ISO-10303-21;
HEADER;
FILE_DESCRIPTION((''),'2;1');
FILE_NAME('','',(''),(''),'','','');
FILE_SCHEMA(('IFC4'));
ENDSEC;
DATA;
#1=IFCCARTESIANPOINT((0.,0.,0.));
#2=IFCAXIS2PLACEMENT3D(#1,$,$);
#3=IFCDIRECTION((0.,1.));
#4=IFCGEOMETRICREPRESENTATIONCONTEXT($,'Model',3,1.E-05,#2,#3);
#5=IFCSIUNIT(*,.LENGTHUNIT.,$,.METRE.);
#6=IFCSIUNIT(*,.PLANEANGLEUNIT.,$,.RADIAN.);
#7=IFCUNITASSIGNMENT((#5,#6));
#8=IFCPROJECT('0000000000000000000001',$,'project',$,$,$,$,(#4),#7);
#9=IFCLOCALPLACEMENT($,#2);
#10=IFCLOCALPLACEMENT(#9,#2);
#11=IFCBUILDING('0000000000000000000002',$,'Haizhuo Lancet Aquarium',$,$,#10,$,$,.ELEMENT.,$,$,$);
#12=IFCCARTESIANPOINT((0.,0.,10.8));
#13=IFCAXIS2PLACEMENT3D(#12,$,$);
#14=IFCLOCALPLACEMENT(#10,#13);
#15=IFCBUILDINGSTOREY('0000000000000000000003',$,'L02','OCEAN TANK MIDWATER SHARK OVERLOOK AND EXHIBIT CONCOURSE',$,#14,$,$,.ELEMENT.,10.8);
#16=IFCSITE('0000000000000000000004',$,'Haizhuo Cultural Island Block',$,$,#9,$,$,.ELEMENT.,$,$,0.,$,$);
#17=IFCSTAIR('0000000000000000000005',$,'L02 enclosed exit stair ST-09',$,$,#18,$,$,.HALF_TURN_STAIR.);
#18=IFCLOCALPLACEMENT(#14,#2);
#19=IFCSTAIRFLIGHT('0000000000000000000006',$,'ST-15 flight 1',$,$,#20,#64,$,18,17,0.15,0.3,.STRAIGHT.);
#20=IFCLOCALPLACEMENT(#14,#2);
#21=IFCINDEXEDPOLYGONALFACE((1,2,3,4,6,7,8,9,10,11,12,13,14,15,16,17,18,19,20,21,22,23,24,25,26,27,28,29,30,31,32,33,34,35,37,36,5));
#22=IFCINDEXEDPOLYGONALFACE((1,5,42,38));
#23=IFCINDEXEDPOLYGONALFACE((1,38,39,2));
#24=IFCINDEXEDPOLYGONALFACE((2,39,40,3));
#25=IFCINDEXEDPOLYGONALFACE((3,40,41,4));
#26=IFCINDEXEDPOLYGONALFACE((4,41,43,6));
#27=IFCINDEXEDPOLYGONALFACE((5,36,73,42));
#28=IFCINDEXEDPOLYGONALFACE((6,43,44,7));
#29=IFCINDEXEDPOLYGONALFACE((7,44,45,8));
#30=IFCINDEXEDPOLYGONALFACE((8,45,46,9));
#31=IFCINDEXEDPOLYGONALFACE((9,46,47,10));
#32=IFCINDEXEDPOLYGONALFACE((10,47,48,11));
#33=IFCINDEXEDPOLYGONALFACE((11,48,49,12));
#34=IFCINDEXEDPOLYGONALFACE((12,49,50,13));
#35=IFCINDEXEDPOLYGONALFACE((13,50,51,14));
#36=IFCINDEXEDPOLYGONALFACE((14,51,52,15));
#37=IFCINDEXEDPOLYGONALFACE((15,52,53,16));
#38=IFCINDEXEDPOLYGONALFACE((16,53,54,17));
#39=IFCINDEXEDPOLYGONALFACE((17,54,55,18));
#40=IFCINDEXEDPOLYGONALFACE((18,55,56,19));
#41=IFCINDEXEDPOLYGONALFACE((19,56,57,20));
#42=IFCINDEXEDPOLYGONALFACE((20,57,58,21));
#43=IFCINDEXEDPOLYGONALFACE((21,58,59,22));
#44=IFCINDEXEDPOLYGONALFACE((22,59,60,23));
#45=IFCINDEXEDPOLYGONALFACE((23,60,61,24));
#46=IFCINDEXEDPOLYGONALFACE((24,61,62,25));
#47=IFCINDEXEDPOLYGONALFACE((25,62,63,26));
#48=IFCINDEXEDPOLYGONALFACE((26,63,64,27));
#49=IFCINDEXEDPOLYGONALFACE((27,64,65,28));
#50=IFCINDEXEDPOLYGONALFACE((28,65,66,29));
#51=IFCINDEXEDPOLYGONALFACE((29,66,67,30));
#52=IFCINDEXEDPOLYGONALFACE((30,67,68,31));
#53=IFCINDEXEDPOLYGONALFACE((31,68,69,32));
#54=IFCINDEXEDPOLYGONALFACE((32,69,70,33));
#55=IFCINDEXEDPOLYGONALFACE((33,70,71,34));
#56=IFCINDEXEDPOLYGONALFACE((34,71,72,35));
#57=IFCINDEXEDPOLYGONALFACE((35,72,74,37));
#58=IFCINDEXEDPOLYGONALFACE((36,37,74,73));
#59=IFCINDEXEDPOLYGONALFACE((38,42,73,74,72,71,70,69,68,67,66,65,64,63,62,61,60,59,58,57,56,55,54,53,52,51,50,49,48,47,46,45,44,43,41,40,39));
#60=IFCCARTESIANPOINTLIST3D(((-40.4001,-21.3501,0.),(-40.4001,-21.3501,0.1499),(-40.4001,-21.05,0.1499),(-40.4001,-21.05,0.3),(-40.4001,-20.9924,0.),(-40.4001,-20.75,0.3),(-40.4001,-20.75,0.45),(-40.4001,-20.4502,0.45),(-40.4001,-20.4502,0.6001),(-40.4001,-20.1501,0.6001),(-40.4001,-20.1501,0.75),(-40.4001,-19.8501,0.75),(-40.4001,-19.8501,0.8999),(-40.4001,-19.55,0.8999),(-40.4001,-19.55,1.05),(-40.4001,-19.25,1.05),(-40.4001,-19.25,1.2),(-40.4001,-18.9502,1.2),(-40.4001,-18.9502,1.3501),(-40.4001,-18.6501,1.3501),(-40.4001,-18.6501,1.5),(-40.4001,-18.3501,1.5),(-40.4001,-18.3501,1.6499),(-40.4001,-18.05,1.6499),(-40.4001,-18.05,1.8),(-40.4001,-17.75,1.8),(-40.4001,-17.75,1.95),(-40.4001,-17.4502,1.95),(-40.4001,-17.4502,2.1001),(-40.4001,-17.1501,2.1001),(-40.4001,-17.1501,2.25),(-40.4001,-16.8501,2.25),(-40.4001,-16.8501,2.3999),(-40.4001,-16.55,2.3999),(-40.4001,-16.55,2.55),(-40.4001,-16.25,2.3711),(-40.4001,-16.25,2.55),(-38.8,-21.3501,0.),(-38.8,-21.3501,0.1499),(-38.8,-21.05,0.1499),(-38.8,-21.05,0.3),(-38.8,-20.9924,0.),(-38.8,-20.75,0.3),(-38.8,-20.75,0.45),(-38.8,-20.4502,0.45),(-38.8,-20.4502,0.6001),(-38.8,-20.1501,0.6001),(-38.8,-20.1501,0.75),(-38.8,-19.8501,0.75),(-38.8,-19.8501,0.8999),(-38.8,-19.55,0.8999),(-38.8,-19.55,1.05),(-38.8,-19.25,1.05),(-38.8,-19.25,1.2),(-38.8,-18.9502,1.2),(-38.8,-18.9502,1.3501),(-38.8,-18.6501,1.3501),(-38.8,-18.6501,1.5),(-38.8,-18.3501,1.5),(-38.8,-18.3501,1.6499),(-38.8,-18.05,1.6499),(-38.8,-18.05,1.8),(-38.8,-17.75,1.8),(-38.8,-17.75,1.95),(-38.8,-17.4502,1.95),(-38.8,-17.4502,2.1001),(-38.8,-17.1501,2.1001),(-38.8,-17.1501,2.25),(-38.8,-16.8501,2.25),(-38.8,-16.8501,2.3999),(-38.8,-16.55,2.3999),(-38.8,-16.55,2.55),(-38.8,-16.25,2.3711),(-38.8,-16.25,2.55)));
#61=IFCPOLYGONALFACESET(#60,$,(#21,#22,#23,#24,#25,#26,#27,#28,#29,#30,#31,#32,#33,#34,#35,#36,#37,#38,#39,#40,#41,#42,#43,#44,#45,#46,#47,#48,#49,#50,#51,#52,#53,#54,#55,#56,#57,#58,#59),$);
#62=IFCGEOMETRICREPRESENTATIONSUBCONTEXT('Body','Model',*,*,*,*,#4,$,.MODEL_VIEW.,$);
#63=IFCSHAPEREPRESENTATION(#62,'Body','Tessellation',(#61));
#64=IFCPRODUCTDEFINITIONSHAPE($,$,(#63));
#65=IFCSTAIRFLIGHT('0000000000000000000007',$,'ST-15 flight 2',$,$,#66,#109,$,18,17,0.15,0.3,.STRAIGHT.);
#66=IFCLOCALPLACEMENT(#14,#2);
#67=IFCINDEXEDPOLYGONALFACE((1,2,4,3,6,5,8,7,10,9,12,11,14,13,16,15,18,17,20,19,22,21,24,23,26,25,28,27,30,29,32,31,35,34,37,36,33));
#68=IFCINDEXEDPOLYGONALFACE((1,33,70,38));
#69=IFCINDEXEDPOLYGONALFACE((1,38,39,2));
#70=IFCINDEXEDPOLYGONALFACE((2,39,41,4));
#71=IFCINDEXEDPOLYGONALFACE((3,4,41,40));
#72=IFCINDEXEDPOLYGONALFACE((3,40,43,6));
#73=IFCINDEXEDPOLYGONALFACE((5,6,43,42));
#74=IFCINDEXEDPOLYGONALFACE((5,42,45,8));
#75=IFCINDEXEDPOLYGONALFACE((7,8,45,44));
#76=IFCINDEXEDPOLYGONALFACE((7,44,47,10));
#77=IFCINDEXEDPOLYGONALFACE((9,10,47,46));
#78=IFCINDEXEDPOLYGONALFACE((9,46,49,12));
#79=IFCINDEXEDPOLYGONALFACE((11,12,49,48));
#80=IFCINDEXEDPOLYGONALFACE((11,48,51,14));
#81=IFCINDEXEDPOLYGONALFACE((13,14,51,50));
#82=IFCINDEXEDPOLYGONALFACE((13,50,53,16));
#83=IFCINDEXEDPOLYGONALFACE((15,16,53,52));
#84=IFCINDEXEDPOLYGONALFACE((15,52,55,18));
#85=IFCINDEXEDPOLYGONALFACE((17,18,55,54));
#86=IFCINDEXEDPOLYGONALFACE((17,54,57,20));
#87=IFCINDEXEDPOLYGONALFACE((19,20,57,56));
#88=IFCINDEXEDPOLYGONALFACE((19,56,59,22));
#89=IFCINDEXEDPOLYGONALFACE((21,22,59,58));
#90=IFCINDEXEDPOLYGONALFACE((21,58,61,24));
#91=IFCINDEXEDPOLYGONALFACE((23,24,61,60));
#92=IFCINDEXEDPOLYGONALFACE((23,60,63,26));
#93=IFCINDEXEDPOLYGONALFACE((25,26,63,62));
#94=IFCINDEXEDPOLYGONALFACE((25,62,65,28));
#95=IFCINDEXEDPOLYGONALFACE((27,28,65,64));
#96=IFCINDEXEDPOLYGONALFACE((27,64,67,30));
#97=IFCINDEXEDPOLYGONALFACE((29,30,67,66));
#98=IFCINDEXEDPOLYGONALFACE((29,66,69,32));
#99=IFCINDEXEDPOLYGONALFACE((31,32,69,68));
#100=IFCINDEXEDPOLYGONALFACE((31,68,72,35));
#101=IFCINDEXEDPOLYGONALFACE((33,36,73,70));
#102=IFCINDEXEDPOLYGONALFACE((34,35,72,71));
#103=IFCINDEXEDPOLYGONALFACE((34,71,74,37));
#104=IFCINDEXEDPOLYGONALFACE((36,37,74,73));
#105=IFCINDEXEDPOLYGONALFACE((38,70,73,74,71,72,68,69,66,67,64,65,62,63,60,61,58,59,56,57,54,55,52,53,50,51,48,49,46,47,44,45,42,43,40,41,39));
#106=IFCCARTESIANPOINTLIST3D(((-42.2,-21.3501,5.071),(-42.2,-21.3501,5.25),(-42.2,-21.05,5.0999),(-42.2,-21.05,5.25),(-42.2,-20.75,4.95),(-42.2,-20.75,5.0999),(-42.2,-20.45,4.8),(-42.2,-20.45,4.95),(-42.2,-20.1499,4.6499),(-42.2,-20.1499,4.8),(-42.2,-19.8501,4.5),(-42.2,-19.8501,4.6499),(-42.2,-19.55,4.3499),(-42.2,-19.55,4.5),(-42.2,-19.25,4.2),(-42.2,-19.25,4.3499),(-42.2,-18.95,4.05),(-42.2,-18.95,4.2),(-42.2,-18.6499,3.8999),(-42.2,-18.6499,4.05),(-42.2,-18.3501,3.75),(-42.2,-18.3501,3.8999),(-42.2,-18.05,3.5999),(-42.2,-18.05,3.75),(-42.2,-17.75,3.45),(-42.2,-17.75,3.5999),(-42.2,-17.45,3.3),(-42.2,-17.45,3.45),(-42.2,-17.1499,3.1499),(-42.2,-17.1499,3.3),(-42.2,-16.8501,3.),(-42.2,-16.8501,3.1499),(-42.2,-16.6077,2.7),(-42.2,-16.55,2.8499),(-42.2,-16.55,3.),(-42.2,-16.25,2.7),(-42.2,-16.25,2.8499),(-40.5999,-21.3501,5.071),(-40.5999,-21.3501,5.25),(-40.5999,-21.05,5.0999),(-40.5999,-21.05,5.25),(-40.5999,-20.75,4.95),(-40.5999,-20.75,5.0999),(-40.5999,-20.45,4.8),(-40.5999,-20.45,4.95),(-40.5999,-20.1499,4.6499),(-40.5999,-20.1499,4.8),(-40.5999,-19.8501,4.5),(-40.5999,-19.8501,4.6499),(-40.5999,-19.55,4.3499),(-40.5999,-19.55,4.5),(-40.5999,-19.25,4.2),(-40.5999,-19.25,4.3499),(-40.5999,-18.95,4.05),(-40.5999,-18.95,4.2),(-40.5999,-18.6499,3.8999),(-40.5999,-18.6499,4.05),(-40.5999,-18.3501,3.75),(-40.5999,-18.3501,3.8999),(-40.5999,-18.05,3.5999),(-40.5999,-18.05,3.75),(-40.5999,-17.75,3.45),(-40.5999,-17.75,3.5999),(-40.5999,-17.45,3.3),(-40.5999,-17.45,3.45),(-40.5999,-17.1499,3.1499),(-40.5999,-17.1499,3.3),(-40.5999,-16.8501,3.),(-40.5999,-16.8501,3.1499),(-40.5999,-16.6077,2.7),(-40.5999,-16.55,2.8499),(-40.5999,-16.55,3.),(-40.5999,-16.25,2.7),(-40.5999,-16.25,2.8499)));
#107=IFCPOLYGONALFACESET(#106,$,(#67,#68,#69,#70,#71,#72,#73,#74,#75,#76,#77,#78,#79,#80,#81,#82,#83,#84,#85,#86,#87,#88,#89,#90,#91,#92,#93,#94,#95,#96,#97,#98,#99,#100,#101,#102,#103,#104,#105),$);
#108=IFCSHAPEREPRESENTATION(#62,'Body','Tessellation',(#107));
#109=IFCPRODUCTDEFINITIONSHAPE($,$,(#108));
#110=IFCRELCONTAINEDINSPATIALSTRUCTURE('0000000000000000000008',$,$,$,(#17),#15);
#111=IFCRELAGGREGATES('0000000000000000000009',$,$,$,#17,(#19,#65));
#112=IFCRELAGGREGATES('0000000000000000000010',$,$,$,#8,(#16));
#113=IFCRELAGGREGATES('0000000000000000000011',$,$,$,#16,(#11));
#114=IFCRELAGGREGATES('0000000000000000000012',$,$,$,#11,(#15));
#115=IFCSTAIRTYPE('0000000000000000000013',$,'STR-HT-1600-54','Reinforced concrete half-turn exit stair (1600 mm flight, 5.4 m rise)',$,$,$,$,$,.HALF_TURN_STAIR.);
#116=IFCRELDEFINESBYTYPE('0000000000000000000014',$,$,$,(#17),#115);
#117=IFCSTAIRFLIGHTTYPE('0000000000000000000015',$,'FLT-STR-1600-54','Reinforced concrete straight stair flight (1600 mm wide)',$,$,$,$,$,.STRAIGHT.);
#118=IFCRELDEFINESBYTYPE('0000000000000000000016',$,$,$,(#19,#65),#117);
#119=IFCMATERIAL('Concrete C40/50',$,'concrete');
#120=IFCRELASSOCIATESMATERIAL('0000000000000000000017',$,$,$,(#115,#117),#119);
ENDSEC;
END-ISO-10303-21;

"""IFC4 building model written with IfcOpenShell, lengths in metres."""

from ifc_helpers import new_model, si_unit, direction, frame, origin, place, context, subcontext, project, spatial, polyline, outline, extrude, material, type_object, element, aggregate, save


model = new_model("IFC4")

# Units and contexts
model_context = context("Model", 3, precision=1e-05, world=origin(), true_north=direction((0.0, 1.0)))
body_context = subcontext(model_context, "Body", "Model", "MODEL_VIEW")
ifc_project = project(units=[si_unit("LENGTHUNIT", "METRE"), si_unit("PLANEANGLEUNIT", "RADIAN")], contexts=[model_context])

# Site, building, storey
site_placement = place(None, origin())
site = spatial("IfcSite", under=ifc_project, at=site_placement, Name="Haizhuo Cultural Island Block", CompositionType="ELEMENT", RefElevation=0.0)
building_placement = place(site_placement, origin())
building = spatial("IfcBuilding", under=site, at=building_placement, Name="Haizhuo Lancet Aquarium", CompositionType="ELEMENT")
storey_placement = place(building_placement, frame((0.0, 0.0, 10.8)))
storey = spatial("IfcBuildingStorey", under=building, at=storey_placement, Name="L02", Description="OCEAN TANK MIDWATER SHARK OVERLOOK AND EXHIBIT CONCOURSE", CompositionType="ELEMENT", Elevation=10.8)

# Shared definitions
ifc_material_1 = material(Name="Concrete C40/50", Category="concrete")

# Stair, stair flights
stair_type = type_object("IfcStairType", Name="STR-HT-1600-54", Description="Reinforced concrete half-turn exit stair (1600 mm flight, 5.4 m rise)", PredefinedType="HALF_TURN_STAIR", material=ifc_material_1)
stair_placement = place(storey_placement, origin())
stair = element("IfcStair", 1, at=stair_placement, inside=storey, type_object=stair_type, Name="L02 enclosed exit stair ST-09", PredefinedType="HALF_TURN_STAIR")
stair_flight_type = type_object("IfcStairFlightType", Name="FLT-STR-1600-54", Description="Reinforced concrete straight stair flight (1600 mm wide)", PredefinedType="STRAIGHT", material=ifc_material_1)
stair_flight_1_placement = place(storey_placement, frame((-39.6001, -21.3501, 0.0), z_axis=(0.0, 0.0, 1.0), x_axis=(0.0, 1.0, 0.0)))
stair_flight_1 = element("IfcStairFlight", 2, at=stair_flight_1_placement, type_object=stair_flight_type, Name="ST-15 flight 1", NumberOfRisers=18, NumberOfTreads=17, PredefinedType="STRAIGHT", RiserHeight=0.15, TreadLength=0.3, context=body_context, shape_type="SweptSolid", body=[
    extrude(outline(polyline([(0.0, 0.0), (0.0, 0.1499), (0.3, 0.1499), (0.3, 0.3), (0.6001, 0.3), (0.6001, 0.45), (0.8999, 0.45), (0.8999, 0.6001), (1.2, 0.6001), (1.2, 0.75), (1.5, 0.75), (1.5, 0.8999), (1.8, 0.8999), (1.8, 1.05), (2.1001, 1.05), (2.1001, 1.2), (2.3999, 1.2), (2.3999, 1.3501), (2.7, 1.3501), (2.7, 1.5), (3.0, 1.5), (3.0, 1.6499), (3.3, 1.6499), (3.3, 1.8), (3.6001, 1.8), (3.6001, 1.95), (3.8999, 1.95), (3.8999, 2.1001), (4.2, 2.1001), (4.2, 2.25), (4.5, 2.25), (4.5, 2.3999), (4.8, 2.3999), (4.8, 2.55), (5.1001, 2.55), (5.1001, 2.7), (5.1001, 2.3711), (0.3577, 0.0), (0.0, 0.0)])), frame((0.0, 0.8, 0.0), z_axis=(0.0, -1.0, 0.0), x_axis=(1.0, 0.0, 0.0)), (0.0, 0.0, 1.0), 1.6001),
])
stair_flight_2_placement = place(storey_placement, frame((-41.3999, -16.25, 2.7), z_axis=(0.0, 0.0, 1.0), x_axis=(0.0, -1.0, 0.0)))
stair_flight_2 = element("IfcStairFlight", 3, at=stair_flight_2_placement, type_object=stair_flight_type, Name="ST-15 flight 2", NumberOfRisers=18, NumberOfTreads=17, PredefinedType="STRAIGHT", RiserHeight=0.15, TreadLength=0.3, context=body_context, shape_type="SweptSolid", body=[
    extrude(outline(polyline([(0.0, 0.0), (0.0, 0.1499), (0.3, 0.1499), (0.3, 0.3), (0.6001, 0.3), (0.6001, 0.45), (0.8999, 0.45), (0.8999, 0.6001), (1.2, 0.6001), (1.2, 0.75), (1.5, 0.75), (1.5, 0.8999), (1.8, 0.8999), (1.8, 1.05), (2.1001, 1.05), (2.1001, 1.2), (2.3999, 1.2), (2.3999, 1.3501), (2.7, 1.3501), (2.7, 1.5), (3.0, 1.5), (3.0, 1.6499), (3.3, 1.6499), (3.3, 1.8), (3.6001, 1.8), (3.6001, 1.95), (3.8999, 1.95), (3.8999, 2.1001), (4.2, 2.1001), (4.2, 2.25), (4.5, 2.25), (4.5, 2.3999), (4.8, 2.3999), (4.8, 2.55), (5.1001, 2.55), (5.1001, 2.7), (5.1001, 2.3711), (0.3577, 0.0), (0.0, 0.0)])), frame((0.0, 0.8, 0.0), z_axis=(0.0, -1.0, 0.0), x_axis=(1.0, 0.0, 0.0)), (0.0, 0.0, 1.0), 1.6001),
])
aggregate(stair, [stair_flight_1, stair_flight_2])

save(model, "model.ifc")
